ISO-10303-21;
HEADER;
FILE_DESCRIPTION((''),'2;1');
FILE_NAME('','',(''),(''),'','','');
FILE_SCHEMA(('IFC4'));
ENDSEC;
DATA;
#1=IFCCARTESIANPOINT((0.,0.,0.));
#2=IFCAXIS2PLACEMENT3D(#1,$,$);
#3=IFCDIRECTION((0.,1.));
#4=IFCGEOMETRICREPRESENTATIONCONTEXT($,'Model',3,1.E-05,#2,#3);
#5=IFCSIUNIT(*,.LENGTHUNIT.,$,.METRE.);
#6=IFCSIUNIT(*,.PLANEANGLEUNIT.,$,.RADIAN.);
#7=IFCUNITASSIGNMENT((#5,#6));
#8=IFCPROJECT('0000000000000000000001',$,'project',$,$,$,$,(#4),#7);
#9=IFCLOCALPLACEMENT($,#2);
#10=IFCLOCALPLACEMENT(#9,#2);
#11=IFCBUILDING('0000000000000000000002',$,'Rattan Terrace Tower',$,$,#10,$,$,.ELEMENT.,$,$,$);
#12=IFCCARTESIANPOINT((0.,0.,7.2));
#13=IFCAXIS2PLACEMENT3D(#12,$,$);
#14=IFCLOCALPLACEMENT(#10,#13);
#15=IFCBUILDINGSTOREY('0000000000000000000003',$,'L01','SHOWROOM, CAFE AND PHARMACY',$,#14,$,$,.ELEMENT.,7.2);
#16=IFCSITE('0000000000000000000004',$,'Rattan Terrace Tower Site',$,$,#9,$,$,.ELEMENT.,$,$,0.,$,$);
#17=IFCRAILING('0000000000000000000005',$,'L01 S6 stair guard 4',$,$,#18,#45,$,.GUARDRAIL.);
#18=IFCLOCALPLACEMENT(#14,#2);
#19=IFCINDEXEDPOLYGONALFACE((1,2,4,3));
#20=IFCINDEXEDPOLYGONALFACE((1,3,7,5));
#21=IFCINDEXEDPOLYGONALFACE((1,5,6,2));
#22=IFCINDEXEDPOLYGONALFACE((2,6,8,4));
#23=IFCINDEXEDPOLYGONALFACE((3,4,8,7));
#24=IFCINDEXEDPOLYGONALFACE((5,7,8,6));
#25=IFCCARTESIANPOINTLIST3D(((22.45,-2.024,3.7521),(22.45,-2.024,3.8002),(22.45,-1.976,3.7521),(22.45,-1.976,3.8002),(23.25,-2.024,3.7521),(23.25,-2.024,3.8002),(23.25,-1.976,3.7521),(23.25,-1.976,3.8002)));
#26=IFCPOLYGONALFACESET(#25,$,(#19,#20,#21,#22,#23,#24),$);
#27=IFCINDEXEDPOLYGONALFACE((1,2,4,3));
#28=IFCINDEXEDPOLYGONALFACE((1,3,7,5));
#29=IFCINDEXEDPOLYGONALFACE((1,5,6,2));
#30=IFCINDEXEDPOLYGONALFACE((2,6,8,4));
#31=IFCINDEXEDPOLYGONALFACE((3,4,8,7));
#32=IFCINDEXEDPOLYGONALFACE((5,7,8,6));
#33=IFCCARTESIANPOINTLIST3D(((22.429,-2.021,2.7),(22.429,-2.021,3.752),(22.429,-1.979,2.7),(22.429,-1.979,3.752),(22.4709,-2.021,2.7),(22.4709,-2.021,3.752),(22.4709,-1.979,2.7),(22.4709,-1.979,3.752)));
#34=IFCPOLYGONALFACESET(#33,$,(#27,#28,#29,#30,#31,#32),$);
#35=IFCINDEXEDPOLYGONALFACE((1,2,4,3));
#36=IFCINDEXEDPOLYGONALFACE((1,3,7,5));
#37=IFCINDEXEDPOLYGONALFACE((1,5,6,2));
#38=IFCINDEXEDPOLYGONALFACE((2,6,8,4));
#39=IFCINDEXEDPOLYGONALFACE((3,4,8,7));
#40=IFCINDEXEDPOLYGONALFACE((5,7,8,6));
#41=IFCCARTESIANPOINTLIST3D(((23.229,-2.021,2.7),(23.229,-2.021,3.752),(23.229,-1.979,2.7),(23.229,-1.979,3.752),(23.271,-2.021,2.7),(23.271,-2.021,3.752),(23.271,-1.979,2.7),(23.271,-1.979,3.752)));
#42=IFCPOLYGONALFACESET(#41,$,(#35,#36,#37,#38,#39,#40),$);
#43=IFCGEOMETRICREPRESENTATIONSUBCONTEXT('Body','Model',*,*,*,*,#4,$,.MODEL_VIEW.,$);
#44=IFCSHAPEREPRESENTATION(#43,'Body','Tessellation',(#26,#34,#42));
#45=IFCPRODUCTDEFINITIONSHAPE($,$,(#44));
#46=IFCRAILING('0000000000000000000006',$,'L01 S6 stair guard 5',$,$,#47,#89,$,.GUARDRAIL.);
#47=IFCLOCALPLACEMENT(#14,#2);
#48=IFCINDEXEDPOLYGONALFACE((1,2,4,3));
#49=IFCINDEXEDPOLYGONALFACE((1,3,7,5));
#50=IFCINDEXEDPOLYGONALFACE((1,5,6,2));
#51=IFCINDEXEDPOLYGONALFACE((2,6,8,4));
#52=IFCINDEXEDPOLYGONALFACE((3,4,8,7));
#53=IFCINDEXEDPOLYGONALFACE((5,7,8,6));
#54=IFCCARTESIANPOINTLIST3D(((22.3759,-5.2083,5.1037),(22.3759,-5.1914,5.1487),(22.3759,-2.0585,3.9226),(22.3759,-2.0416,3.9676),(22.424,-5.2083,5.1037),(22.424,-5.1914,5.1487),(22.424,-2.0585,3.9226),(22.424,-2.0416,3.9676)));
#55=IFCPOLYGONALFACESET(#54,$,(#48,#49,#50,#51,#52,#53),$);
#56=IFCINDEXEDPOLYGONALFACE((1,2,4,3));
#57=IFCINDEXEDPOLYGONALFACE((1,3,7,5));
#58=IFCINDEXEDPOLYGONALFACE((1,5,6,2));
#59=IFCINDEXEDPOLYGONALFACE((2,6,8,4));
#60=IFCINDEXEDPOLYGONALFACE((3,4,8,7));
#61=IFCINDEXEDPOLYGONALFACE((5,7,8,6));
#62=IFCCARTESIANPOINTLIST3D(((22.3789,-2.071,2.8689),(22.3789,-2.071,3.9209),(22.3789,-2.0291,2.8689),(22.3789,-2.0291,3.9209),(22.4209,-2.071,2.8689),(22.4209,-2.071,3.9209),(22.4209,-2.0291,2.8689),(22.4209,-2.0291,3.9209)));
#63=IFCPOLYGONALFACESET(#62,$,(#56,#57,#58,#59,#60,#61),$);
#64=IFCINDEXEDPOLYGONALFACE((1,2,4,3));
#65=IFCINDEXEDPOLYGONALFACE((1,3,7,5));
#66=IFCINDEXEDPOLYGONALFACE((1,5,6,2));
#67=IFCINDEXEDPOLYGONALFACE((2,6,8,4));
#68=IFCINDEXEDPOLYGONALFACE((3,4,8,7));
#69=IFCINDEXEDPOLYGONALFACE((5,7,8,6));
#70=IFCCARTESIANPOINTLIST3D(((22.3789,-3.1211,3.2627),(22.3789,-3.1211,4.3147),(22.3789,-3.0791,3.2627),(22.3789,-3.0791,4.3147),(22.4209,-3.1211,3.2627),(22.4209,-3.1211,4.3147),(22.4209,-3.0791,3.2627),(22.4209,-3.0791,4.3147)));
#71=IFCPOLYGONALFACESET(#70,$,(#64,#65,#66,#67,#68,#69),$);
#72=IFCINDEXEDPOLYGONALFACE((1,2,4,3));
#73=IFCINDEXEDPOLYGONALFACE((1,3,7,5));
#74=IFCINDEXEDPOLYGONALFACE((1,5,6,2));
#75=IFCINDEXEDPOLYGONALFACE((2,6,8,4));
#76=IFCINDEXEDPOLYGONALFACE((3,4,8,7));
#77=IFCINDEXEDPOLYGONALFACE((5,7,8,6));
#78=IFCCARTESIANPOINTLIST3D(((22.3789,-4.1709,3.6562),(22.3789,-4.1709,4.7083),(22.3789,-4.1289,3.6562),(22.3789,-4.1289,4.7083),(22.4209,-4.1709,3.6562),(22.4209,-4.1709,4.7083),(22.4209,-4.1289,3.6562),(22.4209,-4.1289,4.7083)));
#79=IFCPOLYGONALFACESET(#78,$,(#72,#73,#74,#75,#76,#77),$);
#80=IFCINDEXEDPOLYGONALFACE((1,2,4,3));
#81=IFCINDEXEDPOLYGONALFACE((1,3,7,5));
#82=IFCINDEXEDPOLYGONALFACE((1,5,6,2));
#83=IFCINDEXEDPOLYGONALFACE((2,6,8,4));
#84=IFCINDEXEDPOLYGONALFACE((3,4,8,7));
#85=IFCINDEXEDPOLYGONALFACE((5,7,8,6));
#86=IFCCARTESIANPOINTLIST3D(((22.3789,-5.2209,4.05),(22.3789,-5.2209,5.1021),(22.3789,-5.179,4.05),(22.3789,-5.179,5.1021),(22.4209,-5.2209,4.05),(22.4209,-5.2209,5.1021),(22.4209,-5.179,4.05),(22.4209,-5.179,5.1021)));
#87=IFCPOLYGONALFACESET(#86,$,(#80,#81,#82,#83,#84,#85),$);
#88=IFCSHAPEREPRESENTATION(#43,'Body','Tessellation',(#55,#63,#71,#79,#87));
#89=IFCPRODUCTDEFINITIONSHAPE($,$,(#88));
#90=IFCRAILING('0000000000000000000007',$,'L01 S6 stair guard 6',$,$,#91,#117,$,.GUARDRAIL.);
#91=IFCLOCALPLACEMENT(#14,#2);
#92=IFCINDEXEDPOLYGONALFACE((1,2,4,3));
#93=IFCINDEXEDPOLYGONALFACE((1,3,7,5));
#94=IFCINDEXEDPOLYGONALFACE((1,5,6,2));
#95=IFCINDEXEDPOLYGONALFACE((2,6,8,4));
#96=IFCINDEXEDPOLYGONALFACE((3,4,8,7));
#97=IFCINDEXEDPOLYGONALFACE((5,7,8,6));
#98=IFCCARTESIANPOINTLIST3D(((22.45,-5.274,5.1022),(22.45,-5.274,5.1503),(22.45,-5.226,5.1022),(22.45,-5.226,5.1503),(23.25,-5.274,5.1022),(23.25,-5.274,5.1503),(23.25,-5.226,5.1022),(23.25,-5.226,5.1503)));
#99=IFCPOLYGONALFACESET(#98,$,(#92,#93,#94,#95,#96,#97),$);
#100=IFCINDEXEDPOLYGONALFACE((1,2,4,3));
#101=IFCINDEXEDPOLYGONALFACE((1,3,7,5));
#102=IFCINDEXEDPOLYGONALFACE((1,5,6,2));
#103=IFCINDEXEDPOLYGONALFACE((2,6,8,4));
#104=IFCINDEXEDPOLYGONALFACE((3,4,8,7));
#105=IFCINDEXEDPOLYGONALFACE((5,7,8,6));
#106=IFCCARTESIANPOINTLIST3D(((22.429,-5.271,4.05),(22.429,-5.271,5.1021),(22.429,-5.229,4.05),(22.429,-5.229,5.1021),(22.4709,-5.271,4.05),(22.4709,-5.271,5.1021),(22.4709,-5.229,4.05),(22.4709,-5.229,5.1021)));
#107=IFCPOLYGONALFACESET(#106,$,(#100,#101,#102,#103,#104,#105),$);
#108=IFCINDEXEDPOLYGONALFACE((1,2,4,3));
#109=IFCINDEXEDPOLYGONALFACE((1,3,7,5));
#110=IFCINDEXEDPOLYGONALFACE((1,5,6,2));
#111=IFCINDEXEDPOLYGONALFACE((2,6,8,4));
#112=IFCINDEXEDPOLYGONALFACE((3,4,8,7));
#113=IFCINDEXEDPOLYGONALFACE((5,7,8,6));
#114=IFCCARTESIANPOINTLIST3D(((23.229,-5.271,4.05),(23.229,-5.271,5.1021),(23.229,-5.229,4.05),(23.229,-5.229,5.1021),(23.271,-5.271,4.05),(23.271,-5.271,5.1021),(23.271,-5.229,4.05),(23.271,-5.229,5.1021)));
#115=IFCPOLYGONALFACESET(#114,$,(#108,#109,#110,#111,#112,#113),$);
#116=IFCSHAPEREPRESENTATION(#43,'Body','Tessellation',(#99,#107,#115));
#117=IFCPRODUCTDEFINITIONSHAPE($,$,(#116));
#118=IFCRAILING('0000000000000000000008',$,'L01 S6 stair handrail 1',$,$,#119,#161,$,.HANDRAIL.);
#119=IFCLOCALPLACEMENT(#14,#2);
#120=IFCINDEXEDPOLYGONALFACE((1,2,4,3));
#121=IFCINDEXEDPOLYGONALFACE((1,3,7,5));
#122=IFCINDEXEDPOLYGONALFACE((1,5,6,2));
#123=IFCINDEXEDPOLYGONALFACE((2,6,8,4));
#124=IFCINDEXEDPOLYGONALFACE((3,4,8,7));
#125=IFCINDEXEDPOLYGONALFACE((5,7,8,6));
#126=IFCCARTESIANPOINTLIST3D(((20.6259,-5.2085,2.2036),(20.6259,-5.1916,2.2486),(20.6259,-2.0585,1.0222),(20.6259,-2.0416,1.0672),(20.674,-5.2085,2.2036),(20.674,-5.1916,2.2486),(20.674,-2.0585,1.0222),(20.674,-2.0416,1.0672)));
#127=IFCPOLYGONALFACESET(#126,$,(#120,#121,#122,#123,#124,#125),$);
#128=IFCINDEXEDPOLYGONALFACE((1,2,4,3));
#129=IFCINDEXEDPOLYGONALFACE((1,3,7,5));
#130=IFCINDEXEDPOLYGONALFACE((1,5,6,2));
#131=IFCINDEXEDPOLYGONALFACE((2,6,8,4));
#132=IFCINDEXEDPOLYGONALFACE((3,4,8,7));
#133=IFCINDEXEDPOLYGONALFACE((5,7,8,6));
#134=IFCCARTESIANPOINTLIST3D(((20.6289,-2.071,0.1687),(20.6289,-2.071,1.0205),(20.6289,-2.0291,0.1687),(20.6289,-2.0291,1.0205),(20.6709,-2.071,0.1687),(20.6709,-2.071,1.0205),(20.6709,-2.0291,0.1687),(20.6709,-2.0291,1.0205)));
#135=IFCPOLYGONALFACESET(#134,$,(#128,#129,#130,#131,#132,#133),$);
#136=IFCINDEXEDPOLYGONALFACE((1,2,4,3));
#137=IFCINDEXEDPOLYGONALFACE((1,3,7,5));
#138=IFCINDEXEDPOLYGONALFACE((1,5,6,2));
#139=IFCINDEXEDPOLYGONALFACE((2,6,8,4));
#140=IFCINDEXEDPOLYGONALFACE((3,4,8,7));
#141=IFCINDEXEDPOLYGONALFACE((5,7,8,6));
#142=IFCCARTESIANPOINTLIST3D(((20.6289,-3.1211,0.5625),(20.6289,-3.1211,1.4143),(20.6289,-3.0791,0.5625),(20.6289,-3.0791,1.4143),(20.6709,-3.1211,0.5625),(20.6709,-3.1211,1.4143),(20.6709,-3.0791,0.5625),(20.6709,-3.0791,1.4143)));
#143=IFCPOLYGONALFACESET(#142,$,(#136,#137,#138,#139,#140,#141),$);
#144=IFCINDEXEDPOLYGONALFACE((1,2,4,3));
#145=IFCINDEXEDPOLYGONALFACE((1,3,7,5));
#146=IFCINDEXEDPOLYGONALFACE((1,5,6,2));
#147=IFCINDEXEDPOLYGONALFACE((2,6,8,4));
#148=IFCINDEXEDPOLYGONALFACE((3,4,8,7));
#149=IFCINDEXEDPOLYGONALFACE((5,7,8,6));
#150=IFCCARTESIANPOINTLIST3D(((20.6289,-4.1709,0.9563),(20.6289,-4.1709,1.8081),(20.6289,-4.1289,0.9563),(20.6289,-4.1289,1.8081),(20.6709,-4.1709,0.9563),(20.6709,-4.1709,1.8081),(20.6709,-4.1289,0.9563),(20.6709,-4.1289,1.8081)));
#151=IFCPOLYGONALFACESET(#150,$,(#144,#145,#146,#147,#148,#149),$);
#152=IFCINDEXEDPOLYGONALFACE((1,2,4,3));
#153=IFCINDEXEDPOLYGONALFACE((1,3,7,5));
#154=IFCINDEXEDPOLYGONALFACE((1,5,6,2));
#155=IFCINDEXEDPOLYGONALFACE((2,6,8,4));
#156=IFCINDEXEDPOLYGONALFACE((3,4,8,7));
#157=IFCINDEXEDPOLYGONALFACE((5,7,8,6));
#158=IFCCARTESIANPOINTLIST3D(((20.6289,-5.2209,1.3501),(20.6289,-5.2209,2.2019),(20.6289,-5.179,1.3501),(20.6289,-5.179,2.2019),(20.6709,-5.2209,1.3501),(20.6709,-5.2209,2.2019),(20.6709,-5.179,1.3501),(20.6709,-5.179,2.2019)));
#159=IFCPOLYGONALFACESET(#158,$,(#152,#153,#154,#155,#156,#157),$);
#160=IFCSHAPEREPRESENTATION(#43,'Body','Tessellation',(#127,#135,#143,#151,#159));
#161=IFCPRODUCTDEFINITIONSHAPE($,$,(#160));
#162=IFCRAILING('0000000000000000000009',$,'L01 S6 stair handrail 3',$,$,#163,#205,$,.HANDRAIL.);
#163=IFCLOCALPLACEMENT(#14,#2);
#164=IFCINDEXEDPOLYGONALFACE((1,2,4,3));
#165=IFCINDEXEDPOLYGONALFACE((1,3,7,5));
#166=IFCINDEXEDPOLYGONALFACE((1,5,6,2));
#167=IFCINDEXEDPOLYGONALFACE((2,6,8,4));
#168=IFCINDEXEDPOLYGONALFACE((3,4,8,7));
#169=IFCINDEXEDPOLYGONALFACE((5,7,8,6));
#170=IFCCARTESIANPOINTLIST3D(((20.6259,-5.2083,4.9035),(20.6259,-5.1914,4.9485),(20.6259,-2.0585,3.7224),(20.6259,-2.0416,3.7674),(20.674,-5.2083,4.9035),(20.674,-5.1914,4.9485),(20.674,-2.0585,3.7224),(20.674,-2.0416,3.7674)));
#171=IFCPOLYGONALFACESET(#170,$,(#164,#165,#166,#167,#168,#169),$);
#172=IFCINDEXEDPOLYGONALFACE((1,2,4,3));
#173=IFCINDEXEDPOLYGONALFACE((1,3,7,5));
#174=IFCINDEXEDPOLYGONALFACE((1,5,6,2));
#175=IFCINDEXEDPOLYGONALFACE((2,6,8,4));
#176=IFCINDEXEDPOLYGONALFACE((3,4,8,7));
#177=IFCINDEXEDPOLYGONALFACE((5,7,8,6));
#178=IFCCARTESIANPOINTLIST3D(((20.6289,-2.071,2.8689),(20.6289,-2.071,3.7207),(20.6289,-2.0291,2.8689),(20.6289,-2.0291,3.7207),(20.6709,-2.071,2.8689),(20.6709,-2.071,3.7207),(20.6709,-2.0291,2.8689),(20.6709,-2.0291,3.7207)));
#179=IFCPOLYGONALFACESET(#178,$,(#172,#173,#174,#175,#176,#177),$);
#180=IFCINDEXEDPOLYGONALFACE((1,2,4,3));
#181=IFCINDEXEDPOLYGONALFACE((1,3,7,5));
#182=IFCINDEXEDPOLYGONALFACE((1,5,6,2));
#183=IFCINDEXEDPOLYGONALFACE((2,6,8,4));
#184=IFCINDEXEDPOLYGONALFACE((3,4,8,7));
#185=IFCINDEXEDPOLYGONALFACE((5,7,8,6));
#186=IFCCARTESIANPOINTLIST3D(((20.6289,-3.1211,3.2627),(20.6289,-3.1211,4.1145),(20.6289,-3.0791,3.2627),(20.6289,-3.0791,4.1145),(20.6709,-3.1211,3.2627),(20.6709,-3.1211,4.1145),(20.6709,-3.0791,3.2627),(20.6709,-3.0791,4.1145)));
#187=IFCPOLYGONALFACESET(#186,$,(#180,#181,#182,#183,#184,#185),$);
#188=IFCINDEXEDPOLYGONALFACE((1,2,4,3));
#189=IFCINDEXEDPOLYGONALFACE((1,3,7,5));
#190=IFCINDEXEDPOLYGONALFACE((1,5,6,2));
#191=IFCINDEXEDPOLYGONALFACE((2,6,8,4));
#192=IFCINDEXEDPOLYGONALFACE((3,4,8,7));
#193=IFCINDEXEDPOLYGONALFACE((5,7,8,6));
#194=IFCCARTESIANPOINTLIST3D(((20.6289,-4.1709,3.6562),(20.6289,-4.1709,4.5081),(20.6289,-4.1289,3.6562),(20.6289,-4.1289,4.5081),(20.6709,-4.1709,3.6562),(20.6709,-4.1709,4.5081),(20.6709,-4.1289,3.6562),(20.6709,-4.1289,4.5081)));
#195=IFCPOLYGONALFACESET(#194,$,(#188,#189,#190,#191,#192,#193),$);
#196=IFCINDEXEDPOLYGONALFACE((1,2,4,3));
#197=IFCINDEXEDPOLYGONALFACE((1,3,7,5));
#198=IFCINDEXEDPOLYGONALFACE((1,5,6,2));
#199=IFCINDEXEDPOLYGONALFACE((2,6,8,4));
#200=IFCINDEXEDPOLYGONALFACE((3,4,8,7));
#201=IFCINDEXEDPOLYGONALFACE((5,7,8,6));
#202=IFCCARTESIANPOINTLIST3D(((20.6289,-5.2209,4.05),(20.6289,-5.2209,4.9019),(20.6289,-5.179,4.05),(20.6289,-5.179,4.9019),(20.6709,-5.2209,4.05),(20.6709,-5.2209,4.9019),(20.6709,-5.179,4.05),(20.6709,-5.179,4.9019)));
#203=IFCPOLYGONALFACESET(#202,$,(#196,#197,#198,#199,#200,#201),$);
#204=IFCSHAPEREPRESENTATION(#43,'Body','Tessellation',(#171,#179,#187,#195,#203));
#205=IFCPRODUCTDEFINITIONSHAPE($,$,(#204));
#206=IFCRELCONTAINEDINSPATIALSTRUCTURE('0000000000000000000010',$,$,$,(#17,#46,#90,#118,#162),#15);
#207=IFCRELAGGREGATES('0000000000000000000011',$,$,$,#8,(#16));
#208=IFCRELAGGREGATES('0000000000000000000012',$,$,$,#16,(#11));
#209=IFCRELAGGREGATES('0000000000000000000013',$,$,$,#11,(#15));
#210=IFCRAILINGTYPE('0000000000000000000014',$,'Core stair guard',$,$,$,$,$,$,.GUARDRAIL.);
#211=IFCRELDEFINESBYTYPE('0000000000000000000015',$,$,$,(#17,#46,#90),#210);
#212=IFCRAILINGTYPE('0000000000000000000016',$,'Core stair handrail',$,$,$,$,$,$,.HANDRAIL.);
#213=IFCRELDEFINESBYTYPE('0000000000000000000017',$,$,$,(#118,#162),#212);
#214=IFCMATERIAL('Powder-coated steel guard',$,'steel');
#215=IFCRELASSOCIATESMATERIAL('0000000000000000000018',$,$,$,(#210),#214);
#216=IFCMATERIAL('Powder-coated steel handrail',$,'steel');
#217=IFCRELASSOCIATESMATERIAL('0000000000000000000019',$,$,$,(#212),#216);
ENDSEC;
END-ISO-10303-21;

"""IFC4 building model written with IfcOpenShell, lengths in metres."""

from ifc_helpers import new_model, si_unit, direction, frame, origin, origin_2d, place, context, subcontext, project, spatial, rectangle, extrude, material, type_object, element, save


model = new_model("IFC4")

# Units and contexts
model_context = context("Model", 3, precision=1e-05, world=origin(), true_north=direction((0.0, 1.0)))
body_context = subcontext(model_context, "Body", "Model", "MODEL_VIEW")
ifc_project = project(units=[si_unit("LENGTHUNIT", "METRE"), si_unit("PLANEANGLEUNIT", "RADIAN")], contexts=[model_context])

# Site, building, storey
site_placement = place(None, origin())
site = spatial("IfcSite", under=ifc_project, at=site_placement, Name="Rattan Terrace Tower Site", CompositionType="ELEMENT", RefElevation=0.0)
building_placement = place(site_placement, origin())
building = spatial("IfcBuilding", under=site, at=building_placement, Name="Rattan Terrace Tower", CompositionType="ELEMENT")
storey_placement = place(building_placement, frame((0.0, 0.0, 7.2)))
storey = spatial("IfcBuildingStorey", under=building, at=storey_placement, Name="L01", Description="SHOWROOM, CAFE AND PHARMACY", CompositionType="ELEMENT", Elevation=7.2)

# Railings
ifc_material_1 = material(Name="Powder-coated steel guard", Category="steel")
railing_type_1 = type_object("IfcRailingType", Name="Core stair guard", PredefinedType="GUARDRAIL", material=ifc_material_1)
for number, where, name in (
    (1, (22.45, -2.0, 2.7), "L01 S6 stair guard 4"),
):
    element("IfcRailing", number, at=place(storey_placement, frame(where)), inside=storey, type_object=railing_type_1, Name=name, PredefinedType="GUARDRAIL", context=body_context, shape_type="SweptSolid", body=[
        extrude(rectangle(XDim=0.0481, YDim=0.0481, at=origin_2d()), frame((0.0, 0.0, 1.0762), z_axis=(1.0, 0.0, 0.0), x_axis=(0.0, 1.0, 0.0)), (0.0, 0.0, 1.0), 0.8),
        extrude(rectangle(XDim=0.042, YDim=0.042, at=origin_2d()), origin(), (0.0, 0.0, 1.0), 1.052),
        extrude(rectangle(XDim=0.042, YDim=0.042, at=origin_2d()), frame((0.8, 0.0, 0.0)), (0.0, 0.0, 1.0), 1.052),
    ])
railing_1_placement = place(storey_placement, frame((22.3999, -2.05, 2.8689)))
element("IfcRailing", 2, at=railing_1_placement, inside=storey, type_object=railing_type_1, Name="L01 S6 stair guard 5", PredefinedType="GUARDRAIL", context=body_context, shape_type="SweptSolid", body=[
    extrude(rectangle(XDim=0.0481, YDim=0.0481, at=origin_2d()), frame((0.0, 0.0, 1.0762), z_axis=(0.0, -0.936335, 0.351108), x_axis=(1.0, 0.0, 0.0)), (0.0, 0.0, 1.0), 3.364),
    extrude(rectangle(XDim=0.042, YDim=0.042, at=origin_2d()), origin(), (0.0, 0.0, 1.0), 1.052),
    extrude(rectangle(XDim=0.042, YDim=0.042, at=origin_2d()), frame((0.0, -1.05, 0.3938)), (0.0, 0.0, 1.0), 1.052),
    extrude(rectangle(XDim=0.042, YDim=0.042, at=origin_2d()), frame((0.0, -2.0999, 0.7874)), (0.0, 0.0, 1.0), 1.052),
    extrude(rectangle(XDim=0.042, YDim=0.042, at=origin_2d()), frame((0.0, -3.1499, 1.1812)), (0.0, 0.0, 1.0), 1.052),
])
railing_2_placement = place(storey_placement, frame((22.45, -5.25, 4.05)))
element("IfcRailing", 3, at=railing_2_placement, inside=storey, type_object=railing_type_1, Name="L01 S6 stair guard 6", PredefinedType="GUARDRAIL", context=body_context, shape_type="SweptSolid", body=[
    extrude(rectangle(XDim=0.0481, YDim=0.0481, at=origin_2d()), frame((0.0, 0.0, 1.0762), z_axis=(1.0, 0.0, 0.0), x_axis=(0.0, 1.0, 0.0)), (0.0, 0.0, 1.0), 0.8),
    extrude(rectangle(XDim=0.042, YDim=0.042, at=origin_2d()), origin(), (0.0, 0.0, 1.0), 1.052),
    extrude(rectangle(XDim=0.042, YDim=0.042, at=origin_2d()), frame((0.8, 0.0, 0.0)), (0.0, 0.0, 1.0), 1.052),
])
ifc_material_2 = material(Name="Powder-coated steel handrail", Category="steel")
railing_type_2 = type_object("IfcRailingType", Name="Core stair handrail", PredefinedType="HANDRAIL", material=ifc_material_2)
railing_3_placement = place(storey_placement, frame((20.6499, -2.05, 0.1687)))
element("IfcRailing", 4, at=railing_3_placement, inside=storey, type_object=railing_type_2, Name="L01 S6 stair handrail 1", PredefinedType="HANDRAIL", context=body_context, shape_type="SweptSolid", body=[
    extrude(rectangle(XDim=0.0481, YDim=0.0481, at=origin_2d()), frame((0.0, 0.0, 0.876), z_axis=(0.0, -0.936311, 0.351171), x_axis=(1.0, 0.0, 0.0)), (0.0, 0.0, 1.0), 3.3643),
    extrude(rectangle(XDim=0.042, YDim=0.042, at=origin_2d()), origin(), (0.0, 0.0, 1.0), 0.8518),
    extrude(rectangle(XDim=0.042, YDim=0.042, at=origin_2d()), frame((0.0, -1.05, 0.3938)), (0.0, 0.0, 1.0), 0.8518),
    extrude(rectangle(XDim=0.042, YDim=0.042, at=origin_2d()), frame((0.0, -2.0999, 0.7876)), (0.0, 0.0, 1.0), 0.8518),
    extrude(rectangle(XDim=0.042, YDim=0.042, at=origin_2d()), frame((0.0, -3.1499, 1.1814)), (0.0, 0.0, 1.0), 0.8518),
])
railing_4_placement = place(storey_placement, frame((20.6499, -2.05, 2.8689)))
element("IfcRailing", 5, at=railing_4_placement, inside=storey, type_object=railing_type_2, Name="L01 S6 stair handrail 3", PredefinedType="HANDRAIL", context=body_context, shape_type="SweptSolid", body=[
    extrude(rectangle(XDim=0.0481, YDim=0.0481, at=origin_2d()), frame((0.0, 0.0, 0.876), z_axis=(0.0, -0.936335, 0.351108), x_axis=(1.0, 0.0, 0.0)), (0.0, 0.0, 1.0), 3.364),
    extrude(rectangle(XDim=0.042, YDim=0.042, at=origin_2d()), origin(), (0.0, 0.0, 1.0), 0.8518),
    extrude(rectangle(XDim=0.042, YDim=0.042, at=origin_2d()), frame((0.0, -1.05, 0.3938)), (0.0, 0.0, 1.0), 0.8518),
    extrude(rectangle(XDim=0.042, YDim=0.042, at=origin_2d()), frame((0.0, -2.0999, 0.7874)), (0.0, 0.0, 1.0), 0.8518),
    extrude(rectangle(XDim=0.042, YDim=0.042, at=origin_2d()), frame((0.0, -3.1499, 1.1812)), (0.0, 0.0, 1.0), 0.8518),
])

save(model, "model.ifc")
